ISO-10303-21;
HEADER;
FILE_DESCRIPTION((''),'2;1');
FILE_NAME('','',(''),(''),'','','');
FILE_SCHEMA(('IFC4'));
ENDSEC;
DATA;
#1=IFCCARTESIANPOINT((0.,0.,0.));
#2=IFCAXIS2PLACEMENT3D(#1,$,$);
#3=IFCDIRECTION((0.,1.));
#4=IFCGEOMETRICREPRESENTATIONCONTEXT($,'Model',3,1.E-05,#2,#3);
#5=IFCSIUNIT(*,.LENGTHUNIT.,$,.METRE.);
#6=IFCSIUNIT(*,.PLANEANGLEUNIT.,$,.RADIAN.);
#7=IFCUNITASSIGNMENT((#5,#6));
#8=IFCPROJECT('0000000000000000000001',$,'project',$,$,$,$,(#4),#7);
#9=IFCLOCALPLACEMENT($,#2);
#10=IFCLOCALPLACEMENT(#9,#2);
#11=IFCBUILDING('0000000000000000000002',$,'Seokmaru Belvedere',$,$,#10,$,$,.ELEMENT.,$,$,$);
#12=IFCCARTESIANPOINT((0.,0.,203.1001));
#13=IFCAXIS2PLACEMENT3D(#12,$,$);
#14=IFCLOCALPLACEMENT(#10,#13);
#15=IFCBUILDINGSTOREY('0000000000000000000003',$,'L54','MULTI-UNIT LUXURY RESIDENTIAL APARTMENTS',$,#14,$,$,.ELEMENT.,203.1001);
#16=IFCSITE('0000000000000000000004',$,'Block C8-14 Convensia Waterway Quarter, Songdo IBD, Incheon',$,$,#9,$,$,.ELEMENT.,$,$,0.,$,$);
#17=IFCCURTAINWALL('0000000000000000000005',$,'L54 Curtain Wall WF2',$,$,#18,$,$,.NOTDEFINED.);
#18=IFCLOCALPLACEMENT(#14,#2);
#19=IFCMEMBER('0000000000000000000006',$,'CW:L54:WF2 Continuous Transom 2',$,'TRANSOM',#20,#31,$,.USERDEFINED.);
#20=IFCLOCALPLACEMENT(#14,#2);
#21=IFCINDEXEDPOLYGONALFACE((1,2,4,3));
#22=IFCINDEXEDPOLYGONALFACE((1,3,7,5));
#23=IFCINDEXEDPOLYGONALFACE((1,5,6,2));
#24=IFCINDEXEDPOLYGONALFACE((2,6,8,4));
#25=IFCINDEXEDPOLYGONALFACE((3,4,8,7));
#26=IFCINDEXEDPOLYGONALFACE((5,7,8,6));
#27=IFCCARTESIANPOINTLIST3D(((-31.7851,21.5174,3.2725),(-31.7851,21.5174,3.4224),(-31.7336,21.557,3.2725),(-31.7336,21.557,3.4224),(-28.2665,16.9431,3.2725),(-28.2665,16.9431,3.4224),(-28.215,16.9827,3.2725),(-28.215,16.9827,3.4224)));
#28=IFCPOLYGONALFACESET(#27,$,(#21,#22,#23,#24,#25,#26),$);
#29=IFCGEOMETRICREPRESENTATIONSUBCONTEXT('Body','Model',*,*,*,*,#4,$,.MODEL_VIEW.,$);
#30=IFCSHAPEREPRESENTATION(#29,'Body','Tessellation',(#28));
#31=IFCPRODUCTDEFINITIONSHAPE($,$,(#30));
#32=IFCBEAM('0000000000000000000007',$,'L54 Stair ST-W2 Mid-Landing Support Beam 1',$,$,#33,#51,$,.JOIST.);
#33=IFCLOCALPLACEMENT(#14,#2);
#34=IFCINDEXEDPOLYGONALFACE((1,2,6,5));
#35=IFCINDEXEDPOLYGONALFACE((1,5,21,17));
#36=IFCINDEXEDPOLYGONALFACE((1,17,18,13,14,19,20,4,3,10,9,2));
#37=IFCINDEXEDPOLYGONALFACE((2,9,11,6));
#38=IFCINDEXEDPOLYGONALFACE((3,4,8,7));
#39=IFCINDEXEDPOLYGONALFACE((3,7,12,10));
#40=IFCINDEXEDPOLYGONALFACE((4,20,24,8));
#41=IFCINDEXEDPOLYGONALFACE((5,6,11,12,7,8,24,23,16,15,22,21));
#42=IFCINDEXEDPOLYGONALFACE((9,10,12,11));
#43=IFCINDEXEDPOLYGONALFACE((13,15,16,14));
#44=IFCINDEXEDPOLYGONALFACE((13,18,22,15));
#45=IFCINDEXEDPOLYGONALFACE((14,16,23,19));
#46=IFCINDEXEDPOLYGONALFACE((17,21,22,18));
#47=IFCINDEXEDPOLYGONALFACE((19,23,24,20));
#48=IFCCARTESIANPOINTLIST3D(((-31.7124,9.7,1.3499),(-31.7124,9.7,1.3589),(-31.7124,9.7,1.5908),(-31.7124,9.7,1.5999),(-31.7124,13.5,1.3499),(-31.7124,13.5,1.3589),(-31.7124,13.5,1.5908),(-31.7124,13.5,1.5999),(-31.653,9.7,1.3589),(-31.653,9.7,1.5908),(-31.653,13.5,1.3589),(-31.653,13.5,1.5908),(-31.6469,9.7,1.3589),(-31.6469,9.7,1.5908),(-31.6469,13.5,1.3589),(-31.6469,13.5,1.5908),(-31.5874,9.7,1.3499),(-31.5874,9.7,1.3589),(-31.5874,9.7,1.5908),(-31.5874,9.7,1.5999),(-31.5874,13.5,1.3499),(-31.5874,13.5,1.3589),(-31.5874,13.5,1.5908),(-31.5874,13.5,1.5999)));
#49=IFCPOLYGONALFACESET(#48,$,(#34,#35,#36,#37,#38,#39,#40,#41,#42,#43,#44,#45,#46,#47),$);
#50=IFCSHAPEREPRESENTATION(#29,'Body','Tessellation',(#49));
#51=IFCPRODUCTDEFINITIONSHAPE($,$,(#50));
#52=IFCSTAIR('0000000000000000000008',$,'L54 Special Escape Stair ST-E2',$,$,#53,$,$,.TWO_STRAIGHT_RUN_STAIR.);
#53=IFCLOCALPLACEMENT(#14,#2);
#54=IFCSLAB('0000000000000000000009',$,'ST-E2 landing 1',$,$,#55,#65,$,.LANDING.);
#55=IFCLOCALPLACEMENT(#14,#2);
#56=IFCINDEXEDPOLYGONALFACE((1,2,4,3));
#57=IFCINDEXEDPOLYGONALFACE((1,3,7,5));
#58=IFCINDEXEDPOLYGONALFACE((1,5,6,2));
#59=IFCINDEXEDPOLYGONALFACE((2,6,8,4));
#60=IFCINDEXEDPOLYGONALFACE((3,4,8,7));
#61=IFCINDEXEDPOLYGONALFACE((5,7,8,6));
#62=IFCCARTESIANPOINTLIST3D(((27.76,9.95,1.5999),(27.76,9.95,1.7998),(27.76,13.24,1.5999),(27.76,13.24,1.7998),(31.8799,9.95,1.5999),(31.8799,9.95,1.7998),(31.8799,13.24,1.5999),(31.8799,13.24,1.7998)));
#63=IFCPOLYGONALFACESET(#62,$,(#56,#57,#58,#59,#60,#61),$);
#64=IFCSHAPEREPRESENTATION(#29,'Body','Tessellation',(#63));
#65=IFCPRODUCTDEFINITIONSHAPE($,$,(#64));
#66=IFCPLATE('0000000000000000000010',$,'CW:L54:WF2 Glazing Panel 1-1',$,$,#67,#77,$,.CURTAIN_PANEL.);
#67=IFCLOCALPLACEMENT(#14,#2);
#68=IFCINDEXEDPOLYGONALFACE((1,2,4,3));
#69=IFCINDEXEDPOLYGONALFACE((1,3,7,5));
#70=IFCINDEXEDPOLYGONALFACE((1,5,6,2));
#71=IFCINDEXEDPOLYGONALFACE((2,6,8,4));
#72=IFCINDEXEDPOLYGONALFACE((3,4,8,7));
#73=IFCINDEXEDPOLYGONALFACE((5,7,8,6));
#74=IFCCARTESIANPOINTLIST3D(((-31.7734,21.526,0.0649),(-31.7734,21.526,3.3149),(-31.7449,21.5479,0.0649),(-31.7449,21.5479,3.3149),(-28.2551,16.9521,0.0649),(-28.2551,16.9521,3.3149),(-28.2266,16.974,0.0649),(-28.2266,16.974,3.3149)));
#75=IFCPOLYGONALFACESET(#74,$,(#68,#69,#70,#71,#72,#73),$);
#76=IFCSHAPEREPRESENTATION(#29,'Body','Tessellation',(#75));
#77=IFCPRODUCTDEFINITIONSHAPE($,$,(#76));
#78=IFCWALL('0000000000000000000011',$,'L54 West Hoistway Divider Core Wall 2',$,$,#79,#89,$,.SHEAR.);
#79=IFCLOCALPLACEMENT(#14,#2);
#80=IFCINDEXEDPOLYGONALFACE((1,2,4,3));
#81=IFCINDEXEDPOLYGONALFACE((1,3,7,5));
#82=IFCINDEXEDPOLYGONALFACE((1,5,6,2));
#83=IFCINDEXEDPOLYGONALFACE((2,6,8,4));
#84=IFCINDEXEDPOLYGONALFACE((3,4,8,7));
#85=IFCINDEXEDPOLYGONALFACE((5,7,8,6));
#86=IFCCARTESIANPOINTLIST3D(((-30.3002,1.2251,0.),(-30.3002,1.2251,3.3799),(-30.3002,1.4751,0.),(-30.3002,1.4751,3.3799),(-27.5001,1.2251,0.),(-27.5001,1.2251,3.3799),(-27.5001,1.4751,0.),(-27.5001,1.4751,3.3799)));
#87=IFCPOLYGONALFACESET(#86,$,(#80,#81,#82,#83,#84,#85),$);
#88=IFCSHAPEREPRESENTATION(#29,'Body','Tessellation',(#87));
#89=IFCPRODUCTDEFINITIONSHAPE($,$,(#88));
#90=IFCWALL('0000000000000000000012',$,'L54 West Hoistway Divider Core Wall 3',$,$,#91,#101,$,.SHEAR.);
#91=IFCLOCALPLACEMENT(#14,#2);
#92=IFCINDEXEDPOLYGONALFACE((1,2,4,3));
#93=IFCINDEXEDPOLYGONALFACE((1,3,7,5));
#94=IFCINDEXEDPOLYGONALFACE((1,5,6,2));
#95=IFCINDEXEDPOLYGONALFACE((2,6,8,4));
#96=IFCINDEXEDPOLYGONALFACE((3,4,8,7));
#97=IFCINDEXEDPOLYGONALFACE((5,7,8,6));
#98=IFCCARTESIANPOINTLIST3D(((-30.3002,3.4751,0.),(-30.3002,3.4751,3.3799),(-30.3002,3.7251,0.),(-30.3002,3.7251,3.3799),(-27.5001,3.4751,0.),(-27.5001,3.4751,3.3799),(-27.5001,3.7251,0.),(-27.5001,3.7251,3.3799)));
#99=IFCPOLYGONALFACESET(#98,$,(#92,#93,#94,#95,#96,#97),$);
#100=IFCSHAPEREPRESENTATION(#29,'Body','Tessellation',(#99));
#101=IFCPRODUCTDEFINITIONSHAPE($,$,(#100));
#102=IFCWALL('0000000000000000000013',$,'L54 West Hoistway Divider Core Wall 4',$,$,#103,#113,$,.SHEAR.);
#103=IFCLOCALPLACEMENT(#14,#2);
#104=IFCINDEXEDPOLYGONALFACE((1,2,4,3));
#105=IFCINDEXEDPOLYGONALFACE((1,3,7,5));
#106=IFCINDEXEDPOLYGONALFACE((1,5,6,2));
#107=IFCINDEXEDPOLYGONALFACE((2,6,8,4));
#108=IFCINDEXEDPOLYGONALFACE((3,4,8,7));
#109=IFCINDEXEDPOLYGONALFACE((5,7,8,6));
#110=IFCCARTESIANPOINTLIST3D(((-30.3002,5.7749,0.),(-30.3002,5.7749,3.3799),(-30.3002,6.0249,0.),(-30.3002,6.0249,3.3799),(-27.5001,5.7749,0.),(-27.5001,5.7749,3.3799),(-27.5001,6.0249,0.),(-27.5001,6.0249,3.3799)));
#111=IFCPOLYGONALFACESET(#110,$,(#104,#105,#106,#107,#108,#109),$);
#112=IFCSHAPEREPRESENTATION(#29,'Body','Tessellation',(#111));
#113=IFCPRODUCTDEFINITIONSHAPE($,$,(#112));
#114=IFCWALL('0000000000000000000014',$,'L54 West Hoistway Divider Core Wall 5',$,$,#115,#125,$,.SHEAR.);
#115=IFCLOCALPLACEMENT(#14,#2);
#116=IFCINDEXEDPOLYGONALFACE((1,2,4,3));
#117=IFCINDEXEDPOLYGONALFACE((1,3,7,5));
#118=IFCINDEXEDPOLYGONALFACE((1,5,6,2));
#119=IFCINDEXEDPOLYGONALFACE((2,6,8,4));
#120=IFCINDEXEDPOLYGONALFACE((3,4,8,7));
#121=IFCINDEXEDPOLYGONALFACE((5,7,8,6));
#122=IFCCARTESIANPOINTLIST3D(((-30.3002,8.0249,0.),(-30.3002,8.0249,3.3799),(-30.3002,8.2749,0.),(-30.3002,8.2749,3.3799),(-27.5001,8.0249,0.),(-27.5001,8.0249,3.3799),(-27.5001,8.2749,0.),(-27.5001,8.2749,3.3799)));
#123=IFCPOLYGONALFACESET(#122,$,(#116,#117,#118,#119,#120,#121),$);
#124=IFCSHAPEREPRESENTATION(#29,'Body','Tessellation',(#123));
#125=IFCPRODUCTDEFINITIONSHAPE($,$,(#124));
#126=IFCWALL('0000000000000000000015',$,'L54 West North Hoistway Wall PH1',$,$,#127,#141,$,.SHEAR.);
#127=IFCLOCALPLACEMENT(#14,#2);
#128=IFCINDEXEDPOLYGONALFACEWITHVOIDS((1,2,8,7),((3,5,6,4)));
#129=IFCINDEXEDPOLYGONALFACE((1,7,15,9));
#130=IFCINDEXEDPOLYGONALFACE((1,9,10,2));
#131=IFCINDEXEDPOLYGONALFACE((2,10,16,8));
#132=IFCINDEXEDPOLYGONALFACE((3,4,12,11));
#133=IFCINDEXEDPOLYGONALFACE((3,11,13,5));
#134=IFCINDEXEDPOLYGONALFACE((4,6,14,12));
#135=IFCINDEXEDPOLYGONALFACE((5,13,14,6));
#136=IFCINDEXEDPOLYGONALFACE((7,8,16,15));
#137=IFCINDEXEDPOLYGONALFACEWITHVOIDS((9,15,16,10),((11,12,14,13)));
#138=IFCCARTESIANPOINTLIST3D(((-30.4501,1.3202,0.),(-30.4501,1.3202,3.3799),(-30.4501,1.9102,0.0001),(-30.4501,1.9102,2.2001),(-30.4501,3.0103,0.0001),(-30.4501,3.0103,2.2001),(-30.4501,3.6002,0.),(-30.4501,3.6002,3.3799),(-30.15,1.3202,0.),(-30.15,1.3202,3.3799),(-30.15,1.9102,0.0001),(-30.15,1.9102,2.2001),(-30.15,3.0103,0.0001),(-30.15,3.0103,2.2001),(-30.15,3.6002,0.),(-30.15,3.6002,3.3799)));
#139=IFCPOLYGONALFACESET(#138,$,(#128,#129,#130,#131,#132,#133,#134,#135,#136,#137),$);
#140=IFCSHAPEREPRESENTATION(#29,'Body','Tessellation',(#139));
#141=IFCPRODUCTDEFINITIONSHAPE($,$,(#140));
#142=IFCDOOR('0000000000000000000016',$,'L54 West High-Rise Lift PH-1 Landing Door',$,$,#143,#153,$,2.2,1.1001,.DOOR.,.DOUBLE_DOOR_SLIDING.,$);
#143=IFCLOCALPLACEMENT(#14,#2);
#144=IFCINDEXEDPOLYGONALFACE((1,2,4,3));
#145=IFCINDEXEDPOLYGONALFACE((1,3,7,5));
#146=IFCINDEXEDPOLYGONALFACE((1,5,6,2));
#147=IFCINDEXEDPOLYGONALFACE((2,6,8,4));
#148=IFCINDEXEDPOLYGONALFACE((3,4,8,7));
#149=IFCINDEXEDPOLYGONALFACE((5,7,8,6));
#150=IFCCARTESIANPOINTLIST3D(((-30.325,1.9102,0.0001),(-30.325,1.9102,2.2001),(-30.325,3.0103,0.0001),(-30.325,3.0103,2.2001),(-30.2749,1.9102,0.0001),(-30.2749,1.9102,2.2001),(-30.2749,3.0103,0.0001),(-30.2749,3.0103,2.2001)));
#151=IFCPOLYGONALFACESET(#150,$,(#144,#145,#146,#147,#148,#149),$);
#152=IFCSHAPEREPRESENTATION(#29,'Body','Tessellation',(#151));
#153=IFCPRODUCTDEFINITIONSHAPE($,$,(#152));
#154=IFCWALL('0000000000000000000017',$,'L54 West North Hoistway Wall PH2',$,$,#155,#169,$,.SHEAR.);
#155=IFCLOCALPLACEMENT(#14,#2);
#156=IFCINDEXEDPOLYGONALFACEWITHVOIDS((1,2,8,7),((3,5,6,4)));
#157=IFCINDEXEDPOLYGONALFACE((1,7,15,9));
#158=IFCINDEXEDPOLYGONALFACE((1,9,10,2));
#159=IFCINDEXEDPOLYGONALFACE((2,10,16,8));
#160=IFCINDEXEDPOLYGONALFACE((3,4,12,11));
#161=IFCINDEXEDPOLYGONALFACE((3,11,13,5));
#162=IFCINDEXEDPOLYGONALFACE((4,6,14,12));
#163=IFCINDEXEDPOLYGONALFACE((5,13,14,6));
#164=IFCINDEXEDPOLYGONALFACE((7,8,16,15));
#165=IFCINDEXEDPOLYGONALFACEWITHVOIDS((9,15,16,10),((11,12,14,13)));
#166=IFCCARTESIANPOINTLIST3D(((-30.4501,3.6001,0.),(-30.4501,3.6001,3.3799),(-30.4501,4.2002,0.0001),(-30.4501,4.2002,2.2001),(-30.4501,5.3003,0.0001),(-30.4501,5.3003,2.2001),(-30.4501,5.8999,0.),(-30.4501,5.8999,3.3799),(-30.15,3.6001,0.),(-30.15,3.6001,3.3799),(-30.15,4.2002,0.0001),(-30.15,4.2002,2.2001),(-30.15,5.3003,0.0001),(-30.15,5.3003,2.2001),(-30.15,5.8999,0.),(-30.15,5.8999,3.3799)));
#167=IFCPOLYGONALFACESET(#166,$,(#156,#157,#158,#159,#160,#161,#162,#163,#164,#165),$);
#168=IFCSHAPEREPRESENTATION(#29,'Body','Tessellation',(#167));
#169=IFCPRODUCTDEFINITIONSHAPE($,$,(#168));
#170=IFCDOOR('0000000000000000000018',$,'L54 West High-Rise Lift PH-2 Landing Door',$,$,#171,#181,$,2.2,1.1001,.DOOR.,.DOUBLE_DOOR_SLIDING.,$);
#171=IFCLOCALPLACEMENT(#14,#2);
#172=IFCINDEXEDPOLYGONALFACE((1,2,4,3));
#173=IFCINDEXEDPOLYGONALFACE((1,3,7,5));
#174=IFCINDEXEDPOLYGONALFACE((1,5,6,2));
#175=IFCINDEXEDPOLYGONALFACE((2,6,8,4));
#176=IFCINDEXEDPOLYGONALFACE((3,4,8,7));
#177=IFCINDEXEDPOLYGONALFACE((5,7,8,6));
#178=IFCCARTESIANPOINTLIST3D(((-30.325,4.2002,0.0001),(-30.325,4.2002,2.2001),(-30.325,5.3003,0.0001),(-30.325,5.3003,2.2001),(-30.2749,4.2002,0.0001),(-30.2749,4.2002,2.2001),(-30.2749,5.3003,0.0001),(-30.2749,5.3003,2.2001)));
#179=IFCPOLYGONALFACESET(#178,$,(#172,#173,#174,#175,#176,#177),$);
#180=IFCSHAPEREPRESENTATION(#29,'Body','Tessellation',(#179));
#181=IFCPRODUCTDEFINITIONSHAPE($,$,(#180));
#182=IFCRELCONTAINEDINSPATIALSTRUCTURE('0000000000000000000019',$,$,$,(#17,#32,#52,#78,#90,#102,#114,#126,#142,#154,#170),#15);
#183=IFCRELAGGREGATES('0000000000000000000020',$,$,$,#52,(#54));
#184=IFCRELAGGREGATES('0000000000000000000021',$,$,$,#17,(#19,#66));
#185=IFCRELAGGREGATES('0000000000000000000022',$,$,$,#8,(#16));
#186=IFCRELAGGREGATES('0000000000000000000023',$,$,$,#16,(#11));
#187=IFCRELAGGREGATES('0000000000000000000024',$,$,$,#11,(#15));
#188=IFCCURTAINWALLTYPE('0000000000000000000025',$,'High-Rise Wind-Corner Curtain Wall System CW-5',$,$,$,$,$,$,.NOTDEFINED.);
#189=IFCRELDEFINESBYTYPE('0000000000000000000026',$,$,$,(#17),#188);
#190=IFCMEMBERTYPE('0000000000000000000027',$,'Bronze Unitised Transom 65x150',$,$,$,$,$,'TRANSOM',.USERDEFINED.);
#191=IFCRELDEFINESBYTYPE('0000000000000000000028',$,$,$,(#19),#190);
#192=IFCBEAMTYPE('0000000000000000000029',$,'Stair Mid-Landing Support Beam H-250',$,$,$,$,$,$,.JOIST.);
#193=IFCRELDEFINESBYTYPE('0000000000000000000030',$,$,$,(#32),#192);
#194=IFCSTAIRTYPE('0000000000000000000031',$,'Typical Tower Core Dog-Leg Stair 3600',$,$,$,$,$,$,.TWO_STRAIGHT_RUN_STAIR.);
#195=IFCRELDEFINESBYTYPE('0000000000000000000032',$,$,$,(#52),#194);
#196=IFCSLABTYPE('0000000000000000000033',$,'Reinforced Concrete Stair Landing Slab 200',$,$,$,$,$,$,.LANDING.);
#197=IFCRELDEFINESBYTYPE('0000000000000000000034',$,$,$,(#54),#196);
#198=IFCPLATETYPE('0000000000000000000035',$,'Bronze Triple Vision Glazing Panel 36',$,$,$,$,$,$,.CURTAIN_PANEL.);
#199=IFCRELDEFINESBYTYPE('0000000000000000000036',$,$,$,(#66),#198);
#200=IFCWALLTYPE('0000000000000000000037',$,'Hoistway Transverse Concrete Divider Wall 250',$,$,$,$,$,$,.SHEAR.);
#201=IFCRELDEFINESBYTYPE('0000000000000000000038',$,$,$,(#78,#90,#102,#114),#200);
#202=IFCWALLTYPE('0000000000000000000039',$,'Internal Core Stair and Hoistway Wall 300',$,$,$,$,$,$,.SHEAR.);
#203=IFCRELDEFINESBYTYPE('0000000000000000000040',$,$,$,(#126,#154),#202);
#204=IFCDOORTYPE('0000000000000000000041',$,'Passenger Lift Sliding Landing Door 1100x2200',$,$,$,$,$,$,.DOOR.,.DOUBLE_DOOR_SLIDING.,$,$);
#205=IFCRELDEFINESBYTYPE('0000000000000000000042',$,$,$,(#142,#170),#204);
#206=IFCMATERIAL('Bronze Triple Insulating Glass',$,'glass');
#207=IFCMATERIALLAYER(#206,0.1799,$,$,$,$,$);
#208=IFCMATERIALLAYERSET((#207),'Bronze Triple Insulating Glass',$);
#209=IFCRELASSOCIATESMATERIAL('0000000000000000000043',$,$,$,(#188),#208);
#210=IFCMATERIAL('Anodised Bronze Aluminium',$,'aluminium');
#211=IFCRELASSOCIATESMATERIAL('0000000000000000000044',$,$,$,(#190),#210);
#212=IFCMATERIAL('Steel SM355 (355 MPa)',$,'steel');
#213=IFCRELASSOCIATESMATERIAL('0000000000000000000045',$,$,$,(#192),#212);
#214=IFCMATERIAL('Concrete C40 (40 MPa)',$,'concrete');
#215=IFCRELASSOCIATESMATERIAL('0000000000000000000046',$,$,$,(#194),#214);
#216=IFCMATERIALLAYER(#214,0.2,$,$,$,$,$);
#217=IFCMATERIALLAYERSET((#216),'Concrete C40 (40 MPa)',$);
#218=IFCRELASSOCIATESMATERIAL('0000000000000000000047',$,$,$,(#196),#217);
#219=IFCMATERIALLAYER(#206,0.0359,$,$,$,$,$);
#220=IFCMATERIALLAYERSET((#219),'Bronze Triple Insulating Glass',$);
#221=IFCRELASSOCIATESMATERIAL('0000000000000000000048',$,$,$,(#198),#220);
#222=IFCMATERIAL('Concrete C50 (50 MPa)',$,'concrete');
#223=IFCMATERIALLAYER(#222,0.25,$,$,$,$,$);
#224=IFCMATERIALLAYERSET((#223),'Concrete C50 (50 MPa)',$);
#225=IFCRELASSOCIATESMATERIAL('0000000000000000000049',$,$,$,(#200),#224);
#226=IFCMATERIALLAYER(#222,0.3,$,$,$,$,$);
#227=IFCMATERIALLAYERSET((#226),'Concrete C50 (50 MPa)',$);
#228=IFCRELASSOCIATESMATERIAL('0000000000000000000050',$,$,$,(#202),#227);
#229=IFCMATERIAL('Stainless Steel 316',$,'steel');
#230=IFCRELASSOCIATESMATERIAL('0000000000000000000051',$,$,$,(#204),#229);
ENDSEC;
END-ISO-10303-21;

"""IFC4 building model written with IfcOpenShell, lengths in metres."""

from ifc_helpers import new_model, si_unit, direction, frame, frame_2d, origin, origin_2d, place, context, subcontext, project, spatial, polyline, rectangle, i_section, outline, extrude, source, transform, mapped, material, layer, layer_set, material_profile, profile_set, type_object, type_shapes, element, fill, aggregate, save


model = new_model("IFC4")

# Units and contexts
model_context = context("Model", 3, precision=1e-05, world=origin(), true_north=direction((0.0, 1.0)))
body_context = subcontext(model_context, "Body", "Model", "MODEL_VIEW")
ifc_project = project(units=[si_unit("LENGTHUNIT", "METRE"), si_unit("PLANEANGLEUNIT", "RADIAN")], contexts=[model_context])

# Site, building, storey
site_placement = place(None, origin())
site = spatial("IfcSite", under=ifc_project, at=site_placement, Name="Block C8-14 Convensia Waterway Quarter, Songdo IBD, Incheon", CompositionType="ELEMENT", RefElevation=0.0)
building_placement = place(site_placement, origin())
building = spatial("IfcBuilding", under=site, at=building_placement, Name="Seokmaru Belvedere", CompositionType="ELEMENT")
storey_placement = place(building_placement, frame((0.0, 0.0, 203.1001)))
storey = spatial("IfcBuildingStorey", under=building, at=storey_placement, Name="L54", Description="MULTI-UNIT LUXURY RESIDENTIAL APARTMENTS", CompositionType="ELEMENT", Elevation=203.1001)

# Shared definitions
ifc_material_1 = material(Name="Steel SM355 (355 MPa)", Category="steel")

# Curtain wall, member
ifc_material_2 = material(Name="Bronze Triple Insulating Glass", Category="glass")
ifc_layer_1 = layer(ifc_material_2, 0.1799)
ifc_layer_set_1 = layer_set([ifc_layer_1], Name="Bronze Triple Insulating Glass")
curtain_wall_type = type_object("IfcCurtainWallType", Name="High-Rise Wind-Corner Curtain Wall System CW-5", PredefinedType="NOTDEFINED", material=ifc_layer_set_1)
curtain_wall_placement = place(storey_placement, origin())
curtain_wall = element("IfcCurtainWall", 1, at=curtain_wall_placement, inside=storey, type_object=curtain_wall_type, Name="L54 Curtain Wall WF2", PredefinedType="NOTDEFINED")
ifc_material_3 = material(Name="Anodised Bronze Aluminium", Category="aluminium")
ifc_material_profile_1 = material_profile(ifc_material_3, rectangle(XDim=0.0649, YDim=0.1499, at=origin_2d()), Name="CW-T-65x150")
ifc_profile_set_1 = profile_set([ifc_material_profile_1], Name="Anodised Bronze Aluminium")
member_type_1 = type_object("IfcMemberType", Name="Bronze Unitised Transom 65x150", ElementType="TRANSOM", PredefinedType="USERDEFINED", material=ifc_profile_set_1)
shared_shape_1 = source(origin(), body_context, "Body", "SweptSolid", [
    extrude(rectangle(XDim=0.0649, YDim=0.1499, at=origin_2d()), origin(), (0.0, 0.0, 1.0), 5.771),
])
type_shapes(member_type_1, [shared_shape_1])
member_1_placement = place(storey_placement, frame((-28.2407, 16.9629, 3.3474), z_axis=(-0.609703, 0.79263, 0.0), x_axis=(-0.79263, -0.609703, 0.0)))
member_1 = element("IfcMember", 2, at=member_1_placement, type_object=member_type_1, Name="CW:L54:WF2 Continuous Transom 2", ObjectType="TRANSOM", PredefinedType="USERDEFINED", context=body_context, shape_type="MappedRepresentation", body=[
    mapped(shared_shape_1, transform((0.0, 0.0, 0.0), scale=1.0)),
])

# Beam
ifc_material_profile_2 = material_profile(ifc_material_1, i_section(OverallWidth=0.125, OverallDepth=0.25, WebThickness=0.0061, FlangeThickness=0.009, at=origin_2d()), Name="H-250x125x6x9")
ifc_profile_set_2 = profile_set([ifc_material_profile_2], Name="Steel SM355 (355 MPa)")
beam_type_1 = type_object("IfcBeamType", Name="Stair Mid-Landing Support Beam H-250", PredefinedType="JOIST", material=ifc_profile_set_2)
shared_shape_2 = source(origin(), body_context, "Body", "SweptSolid", [
    extrude(i_section(OverallWidth=0.125, OverallDepth=0.25, WebThickness=0.0061, FlangeThickness=0.009, at=origin_2d()), origin(), (0.0, 0.0, 1.0), 3.8),
])
type_shapes(beam_type_1, [shared_shape_2])
beam_1_placement = place(storey_placement, frame((-31.6499, 9.7, 1.4749), z_axis=(0.0, 1.0, 0.0), x_axis=(-1.0, 0.0, 0.0)))
element("IfcBeam", 3, at=beam_1_placement, inside=storey, type_object=beam_type_1, Name="L54 Stair ST-W2 Mid-Landing Support Beam 1", PredefinedType="JOIST", context=body_context, shape_type="MappedRepresentation", body=[
    mapped(shared_shape_2, transform((0.0, 0.0, 0.0), scale=1.0)),
])

# Stair, slab
ifc_material_4 = material(Name="Concrete C40 (40 MPa)", Category="concrete")
stair_type = type_object("IfcStairType", Name="Typical Tower Core Dog-Leg Stair 3600", PredefinedType="TWO_STRAIGHT_RUN_STAIR", material=ifc_material_4)
stair_placement = place(storey_placement, origin())
stair = element("IfcStair", 4, at=stair_placement, inside=storey, type_object=stair_type, Name="L54 Special Escape Stair ST-E2", PredefinedType="TWO_STRAIGHT_RUN_STAIR")
ifc_layer_2 = layer(ifc_material_4, 0.2)
ifc_layer_set_2 = layer_set([ifc_layer_2], Name="Concrete C40 (40 MPa)")
slab_type = type_object("IfcSlabType", Name="Reinforced Concrete Stair Landing Slab 200", PredefinedType="LANDING", material=ifc_layer_set_2)
slab_placement = place(storey_placement, frame((0.0, 0.0, 1.5999)))
slab = element("IfcSlab", 5, at=slab_placement, type_object=slab_type, Name="ST-E2 landing 1", PredefinedType="LANDING", context=body_context, shape_type="SweptSolid", body=[
    extrude(outline(polyline([(27.76, 9.95), (31.8799, 9.95), (31.8799, 13.24), (27.76, 13.24), (27.76, 9.95)])), origin(), (0.0, 0.0, 1.0), 0.2),
])
aggregate(stair, [slab])

# Plate
ifc_layer_3 = layer(ifc_material_2, 0.0359)
ifc_layer_set_3 = layer_set([ifc_layer_3], Name="Bronze Triple Insulating Glass")
plate_type = type_object("IfcPlateType", Name="Bronze Triple Vision Glazing Panel 36", PredefinedType="CURTAIN_PANEL", material=ifc_layer_set_3)
shared_shape_3 = source(origin(), body_context, "Body", "SweptSolid", [
    extrude(rectangle(XDim=5.7705, YDim=0.0359, at=origin_2d()), origin(), (0.0, 0.0, 1.0), 3.25),
])
type_shapes(plate_type, [shared_shape_3])
plate_placement = place(storey_placement, frame((-30.0, 19.25, 0.0649), z_axis=(0.0, 0.0, 1.0), x_axis=(-0.609701, 0.792631, 0.0)))
plate = element("IfcPlate", 6, at=plate_placement, type_object=plate_type, Name="CW:L54:WF2 Glazing Panel 1-1", PredefinedType="CURTAIN_PANEL", context=body_context, shape_type="MappedRepresentation", body=[
    mapped(shared_shape_3, transform((0.0, 0.0, 0.0), scale=1.0)),
])
aggregate(curtain_wall, [member_1, plate])

# Walls
ifc_material_5 = material(Name="Concrete C50 (50 MPa)", Category="concrete")
ifc_layer_4 = layer(ifc_material_5, 0.25)
ifc_layer_set_4 = layer_set([ifc_layer_4], Name="Concrete C50 (50 MPa)")
wall_type_1 = type_object("IfcWallType", Name="Hoistway Transverse Concrete Divider Wall 250", PredefinedType="SHEAR", material=ifc_layer_set_4)
for number, where, z_axis, x_axis, name in (
    (7, (-30.3, 1.3501, 0.0), (0.0, 0.0, 1.0), (1.0, 0.0, 0.0), "L54 West Hoistway Divider Core Wall 2"),
    (8, (-30.3, 3.6001, 0.0), (0.0, 0.0, 1.0), (1.0, 0.0, 0.0), "L54 West Hoistway Divider Core Wall 3"),
    (9, (-30.3, 5.8999, 0.0), (0.0, 0.0, 1.0), (1.0, 0.0, 0.0), "L54 West Hoistway Divider Core Wall 4"),
    (10, (-30.3, 8.1499, 0.0), (0.0, 0.0, 1.0), (1.0, 0.0, 0.0), "L54 West Hoistway Divider Core Wall 5"),
):
    element("IfcWall", number, at=place(storey_placement, frame(where, z_axis=z_axis, x_axis=x_axis)), inside=storey, type_object=wall_type_1, Name=name, PredefinedType="SHEAR", context=body_context, shape_type="SweptSolid", body=[
        extrude(rectangle(XDim=2.8, YDim=0.25, at=frame_2d((1.3999, 0.0))), origin(), (0.0, 0.0, 1.0), 3.3799),
    ])

# Walls, openings, doors
ifc_layer_5 = layer(ifc_material_5, 0.3)
ifc_layer_set_5 = layer_set([ifc_layer_5], Name="Concrete C50 (50 MPa)")
wall_type_2 = type_object("IfcWallType", Name="Internal Core Stair and Hoistway Wall 300", PredefinedType="SHEAR", material=ifc_layer_set_5)
wall_1_placement = place(storey_placement, frame((-30.3, 1.3201, 0.0), z_axis=(0.0, 0.0, 1.0), x_axis=(0.0, 1.0, 0.0)))
wall_1 = element("IfcWall", 11, at=wall_1_placement, inside=storey, type_object=wall_type_2, Name="L54 West North Hoistway Wall PH1", PredefinedType="SHEAR", context=body_context, shape_type="SweptSolid", body=[
    extrude(rectangle(XDim=2.28, YDim=0.3, at=frame_2d((1.1401, 0.0))), origin(), (0.0, 0.0, 1.0), 3.3799),
])
opening_1_placement = place(wall_1_placement, frame((0.5901, 0.0, 0.0)))
opening_1 = element("IfcOpeningElement", 12, at=opening_1_placement, cuts=wall_1, PredefinedType="OPENING", context=body_context, shape_type="SweptSolid", body=[
    extrude(rectangle(XDim=1.1001, YDim=2.2, at=frame_2d((0.55, 1.1001))), frame((0.0, 0.1602, 0.0), z_axis=(0.0, -1.0, 0.0), x_axis=(1.0, 0.0, 0.0)), (0.0, 0.0, 1.0), 0.3201),
])
ifc_material_6 = material(Name="Stainless Steel 316", Category="steel")
door_type_1 = type_object("IfcDoorType", Name="Passenger Lift Sliding Landing Door 1100x2200", OperationType="DOUBLE_DOOR_SLIDING", PredefinedType="DOOR", material=ifc_material_6)
shared_shape_4 = source(origin(), body_context, "Body", "SweptSolid", [
    extrude(rectangle(XDim=1.1001, YDim=2.2, at=frame_2d((0.55, 1.1001))), frame((0.0, 0.0249, 0.0), z_axis=(0.0, -1.0, 0.0), x_axis=(1.0, 0.0, 0.0)), (0.0, 0.0, 1.0), 0.05),
])
type_shapes(door_type_1, [shared_shape_4])
door_1_placement = place(opening_1_placement, origin())
door_1 = element("IfcDoor", 13, at=door_1_placement, inside=storey, type_object=door_type_1, Name="L54 West High-Rise Lift PH-1 Landing Door", OperationType="DOUBLE_DOOR_SLIDING", OverallHeight=2.2, OverallWidth=1.1001, PredefinedType="DOOR", context=body_context, shape_type="MappedRepresentation", body=[
    mapped(shared_shape_4, transform((0.0, 0.0, 0.0), scale=1.0)),
])
fill(opening_1, door_1)
wall_2_placement = place(storey_placement, frame((-30.3, 3.6001, 0.0), z_axis=(0.0, 0.0, 1.0), x_axis=(0.0, 1.0, 0.0)))
wall_2 = element("IfcWall", 14, at=wall_2_placement, inside=storey, type_object=wall_type_2, Name="L54 West North Hoistway Wall PH2", PredefinedType="SHEAR", context=body_context, shape_type="SweptSolid", body=[
    extrude(rectangle(XDim=2.2998, YDim=0.3, at=frame_2d((1.1499, 0.0))), origin(), (0.0, 0.0, 1.0), 3.3799),
])
opening_2_placement = place(wall_2_placement, frame((0.6001, 0.0, 0.0)))
opening_2 = element("IfcOpeningElement", 15, at=opening_2_placement, cuts=wall_2, PredefinedType="OPENING", context=body_context, shape_type="SweptSolid", body=[
    extrude(rectangle(XDim=1.1001, YDim=2.2, at=frame_2d((0.55, 1.1001))), frame((0.0, 0.1602, 0.0), z_axis=(0.0, -1.0, 0.0), x_axis=(1.0, 0.0, 0.0)), (0.0, 0.0, 1.0), 0.3201),
])
door_2_placement = place(opening_2_placement, origin())
door_2 = element("IfcDoor", 16, at=door_2_placement, inside=storey, type_object=door_type_1, Name="L54 West High-Rise Lift PH-2 Landing Door", OperationType="DOUBLE_DOOR_SLIDING", OverallHeight=2.2, OverallWidth=1.1001, PredefinedType="DOOR", context=body_context, shape_type="MappedRepresentation", body=[
    mapped(shared_shape_4, transform((0.0, 0.0, 0.0), scale=1.0)),
])
fill(opening_2, door_2)

save(model, "model.ifc")
